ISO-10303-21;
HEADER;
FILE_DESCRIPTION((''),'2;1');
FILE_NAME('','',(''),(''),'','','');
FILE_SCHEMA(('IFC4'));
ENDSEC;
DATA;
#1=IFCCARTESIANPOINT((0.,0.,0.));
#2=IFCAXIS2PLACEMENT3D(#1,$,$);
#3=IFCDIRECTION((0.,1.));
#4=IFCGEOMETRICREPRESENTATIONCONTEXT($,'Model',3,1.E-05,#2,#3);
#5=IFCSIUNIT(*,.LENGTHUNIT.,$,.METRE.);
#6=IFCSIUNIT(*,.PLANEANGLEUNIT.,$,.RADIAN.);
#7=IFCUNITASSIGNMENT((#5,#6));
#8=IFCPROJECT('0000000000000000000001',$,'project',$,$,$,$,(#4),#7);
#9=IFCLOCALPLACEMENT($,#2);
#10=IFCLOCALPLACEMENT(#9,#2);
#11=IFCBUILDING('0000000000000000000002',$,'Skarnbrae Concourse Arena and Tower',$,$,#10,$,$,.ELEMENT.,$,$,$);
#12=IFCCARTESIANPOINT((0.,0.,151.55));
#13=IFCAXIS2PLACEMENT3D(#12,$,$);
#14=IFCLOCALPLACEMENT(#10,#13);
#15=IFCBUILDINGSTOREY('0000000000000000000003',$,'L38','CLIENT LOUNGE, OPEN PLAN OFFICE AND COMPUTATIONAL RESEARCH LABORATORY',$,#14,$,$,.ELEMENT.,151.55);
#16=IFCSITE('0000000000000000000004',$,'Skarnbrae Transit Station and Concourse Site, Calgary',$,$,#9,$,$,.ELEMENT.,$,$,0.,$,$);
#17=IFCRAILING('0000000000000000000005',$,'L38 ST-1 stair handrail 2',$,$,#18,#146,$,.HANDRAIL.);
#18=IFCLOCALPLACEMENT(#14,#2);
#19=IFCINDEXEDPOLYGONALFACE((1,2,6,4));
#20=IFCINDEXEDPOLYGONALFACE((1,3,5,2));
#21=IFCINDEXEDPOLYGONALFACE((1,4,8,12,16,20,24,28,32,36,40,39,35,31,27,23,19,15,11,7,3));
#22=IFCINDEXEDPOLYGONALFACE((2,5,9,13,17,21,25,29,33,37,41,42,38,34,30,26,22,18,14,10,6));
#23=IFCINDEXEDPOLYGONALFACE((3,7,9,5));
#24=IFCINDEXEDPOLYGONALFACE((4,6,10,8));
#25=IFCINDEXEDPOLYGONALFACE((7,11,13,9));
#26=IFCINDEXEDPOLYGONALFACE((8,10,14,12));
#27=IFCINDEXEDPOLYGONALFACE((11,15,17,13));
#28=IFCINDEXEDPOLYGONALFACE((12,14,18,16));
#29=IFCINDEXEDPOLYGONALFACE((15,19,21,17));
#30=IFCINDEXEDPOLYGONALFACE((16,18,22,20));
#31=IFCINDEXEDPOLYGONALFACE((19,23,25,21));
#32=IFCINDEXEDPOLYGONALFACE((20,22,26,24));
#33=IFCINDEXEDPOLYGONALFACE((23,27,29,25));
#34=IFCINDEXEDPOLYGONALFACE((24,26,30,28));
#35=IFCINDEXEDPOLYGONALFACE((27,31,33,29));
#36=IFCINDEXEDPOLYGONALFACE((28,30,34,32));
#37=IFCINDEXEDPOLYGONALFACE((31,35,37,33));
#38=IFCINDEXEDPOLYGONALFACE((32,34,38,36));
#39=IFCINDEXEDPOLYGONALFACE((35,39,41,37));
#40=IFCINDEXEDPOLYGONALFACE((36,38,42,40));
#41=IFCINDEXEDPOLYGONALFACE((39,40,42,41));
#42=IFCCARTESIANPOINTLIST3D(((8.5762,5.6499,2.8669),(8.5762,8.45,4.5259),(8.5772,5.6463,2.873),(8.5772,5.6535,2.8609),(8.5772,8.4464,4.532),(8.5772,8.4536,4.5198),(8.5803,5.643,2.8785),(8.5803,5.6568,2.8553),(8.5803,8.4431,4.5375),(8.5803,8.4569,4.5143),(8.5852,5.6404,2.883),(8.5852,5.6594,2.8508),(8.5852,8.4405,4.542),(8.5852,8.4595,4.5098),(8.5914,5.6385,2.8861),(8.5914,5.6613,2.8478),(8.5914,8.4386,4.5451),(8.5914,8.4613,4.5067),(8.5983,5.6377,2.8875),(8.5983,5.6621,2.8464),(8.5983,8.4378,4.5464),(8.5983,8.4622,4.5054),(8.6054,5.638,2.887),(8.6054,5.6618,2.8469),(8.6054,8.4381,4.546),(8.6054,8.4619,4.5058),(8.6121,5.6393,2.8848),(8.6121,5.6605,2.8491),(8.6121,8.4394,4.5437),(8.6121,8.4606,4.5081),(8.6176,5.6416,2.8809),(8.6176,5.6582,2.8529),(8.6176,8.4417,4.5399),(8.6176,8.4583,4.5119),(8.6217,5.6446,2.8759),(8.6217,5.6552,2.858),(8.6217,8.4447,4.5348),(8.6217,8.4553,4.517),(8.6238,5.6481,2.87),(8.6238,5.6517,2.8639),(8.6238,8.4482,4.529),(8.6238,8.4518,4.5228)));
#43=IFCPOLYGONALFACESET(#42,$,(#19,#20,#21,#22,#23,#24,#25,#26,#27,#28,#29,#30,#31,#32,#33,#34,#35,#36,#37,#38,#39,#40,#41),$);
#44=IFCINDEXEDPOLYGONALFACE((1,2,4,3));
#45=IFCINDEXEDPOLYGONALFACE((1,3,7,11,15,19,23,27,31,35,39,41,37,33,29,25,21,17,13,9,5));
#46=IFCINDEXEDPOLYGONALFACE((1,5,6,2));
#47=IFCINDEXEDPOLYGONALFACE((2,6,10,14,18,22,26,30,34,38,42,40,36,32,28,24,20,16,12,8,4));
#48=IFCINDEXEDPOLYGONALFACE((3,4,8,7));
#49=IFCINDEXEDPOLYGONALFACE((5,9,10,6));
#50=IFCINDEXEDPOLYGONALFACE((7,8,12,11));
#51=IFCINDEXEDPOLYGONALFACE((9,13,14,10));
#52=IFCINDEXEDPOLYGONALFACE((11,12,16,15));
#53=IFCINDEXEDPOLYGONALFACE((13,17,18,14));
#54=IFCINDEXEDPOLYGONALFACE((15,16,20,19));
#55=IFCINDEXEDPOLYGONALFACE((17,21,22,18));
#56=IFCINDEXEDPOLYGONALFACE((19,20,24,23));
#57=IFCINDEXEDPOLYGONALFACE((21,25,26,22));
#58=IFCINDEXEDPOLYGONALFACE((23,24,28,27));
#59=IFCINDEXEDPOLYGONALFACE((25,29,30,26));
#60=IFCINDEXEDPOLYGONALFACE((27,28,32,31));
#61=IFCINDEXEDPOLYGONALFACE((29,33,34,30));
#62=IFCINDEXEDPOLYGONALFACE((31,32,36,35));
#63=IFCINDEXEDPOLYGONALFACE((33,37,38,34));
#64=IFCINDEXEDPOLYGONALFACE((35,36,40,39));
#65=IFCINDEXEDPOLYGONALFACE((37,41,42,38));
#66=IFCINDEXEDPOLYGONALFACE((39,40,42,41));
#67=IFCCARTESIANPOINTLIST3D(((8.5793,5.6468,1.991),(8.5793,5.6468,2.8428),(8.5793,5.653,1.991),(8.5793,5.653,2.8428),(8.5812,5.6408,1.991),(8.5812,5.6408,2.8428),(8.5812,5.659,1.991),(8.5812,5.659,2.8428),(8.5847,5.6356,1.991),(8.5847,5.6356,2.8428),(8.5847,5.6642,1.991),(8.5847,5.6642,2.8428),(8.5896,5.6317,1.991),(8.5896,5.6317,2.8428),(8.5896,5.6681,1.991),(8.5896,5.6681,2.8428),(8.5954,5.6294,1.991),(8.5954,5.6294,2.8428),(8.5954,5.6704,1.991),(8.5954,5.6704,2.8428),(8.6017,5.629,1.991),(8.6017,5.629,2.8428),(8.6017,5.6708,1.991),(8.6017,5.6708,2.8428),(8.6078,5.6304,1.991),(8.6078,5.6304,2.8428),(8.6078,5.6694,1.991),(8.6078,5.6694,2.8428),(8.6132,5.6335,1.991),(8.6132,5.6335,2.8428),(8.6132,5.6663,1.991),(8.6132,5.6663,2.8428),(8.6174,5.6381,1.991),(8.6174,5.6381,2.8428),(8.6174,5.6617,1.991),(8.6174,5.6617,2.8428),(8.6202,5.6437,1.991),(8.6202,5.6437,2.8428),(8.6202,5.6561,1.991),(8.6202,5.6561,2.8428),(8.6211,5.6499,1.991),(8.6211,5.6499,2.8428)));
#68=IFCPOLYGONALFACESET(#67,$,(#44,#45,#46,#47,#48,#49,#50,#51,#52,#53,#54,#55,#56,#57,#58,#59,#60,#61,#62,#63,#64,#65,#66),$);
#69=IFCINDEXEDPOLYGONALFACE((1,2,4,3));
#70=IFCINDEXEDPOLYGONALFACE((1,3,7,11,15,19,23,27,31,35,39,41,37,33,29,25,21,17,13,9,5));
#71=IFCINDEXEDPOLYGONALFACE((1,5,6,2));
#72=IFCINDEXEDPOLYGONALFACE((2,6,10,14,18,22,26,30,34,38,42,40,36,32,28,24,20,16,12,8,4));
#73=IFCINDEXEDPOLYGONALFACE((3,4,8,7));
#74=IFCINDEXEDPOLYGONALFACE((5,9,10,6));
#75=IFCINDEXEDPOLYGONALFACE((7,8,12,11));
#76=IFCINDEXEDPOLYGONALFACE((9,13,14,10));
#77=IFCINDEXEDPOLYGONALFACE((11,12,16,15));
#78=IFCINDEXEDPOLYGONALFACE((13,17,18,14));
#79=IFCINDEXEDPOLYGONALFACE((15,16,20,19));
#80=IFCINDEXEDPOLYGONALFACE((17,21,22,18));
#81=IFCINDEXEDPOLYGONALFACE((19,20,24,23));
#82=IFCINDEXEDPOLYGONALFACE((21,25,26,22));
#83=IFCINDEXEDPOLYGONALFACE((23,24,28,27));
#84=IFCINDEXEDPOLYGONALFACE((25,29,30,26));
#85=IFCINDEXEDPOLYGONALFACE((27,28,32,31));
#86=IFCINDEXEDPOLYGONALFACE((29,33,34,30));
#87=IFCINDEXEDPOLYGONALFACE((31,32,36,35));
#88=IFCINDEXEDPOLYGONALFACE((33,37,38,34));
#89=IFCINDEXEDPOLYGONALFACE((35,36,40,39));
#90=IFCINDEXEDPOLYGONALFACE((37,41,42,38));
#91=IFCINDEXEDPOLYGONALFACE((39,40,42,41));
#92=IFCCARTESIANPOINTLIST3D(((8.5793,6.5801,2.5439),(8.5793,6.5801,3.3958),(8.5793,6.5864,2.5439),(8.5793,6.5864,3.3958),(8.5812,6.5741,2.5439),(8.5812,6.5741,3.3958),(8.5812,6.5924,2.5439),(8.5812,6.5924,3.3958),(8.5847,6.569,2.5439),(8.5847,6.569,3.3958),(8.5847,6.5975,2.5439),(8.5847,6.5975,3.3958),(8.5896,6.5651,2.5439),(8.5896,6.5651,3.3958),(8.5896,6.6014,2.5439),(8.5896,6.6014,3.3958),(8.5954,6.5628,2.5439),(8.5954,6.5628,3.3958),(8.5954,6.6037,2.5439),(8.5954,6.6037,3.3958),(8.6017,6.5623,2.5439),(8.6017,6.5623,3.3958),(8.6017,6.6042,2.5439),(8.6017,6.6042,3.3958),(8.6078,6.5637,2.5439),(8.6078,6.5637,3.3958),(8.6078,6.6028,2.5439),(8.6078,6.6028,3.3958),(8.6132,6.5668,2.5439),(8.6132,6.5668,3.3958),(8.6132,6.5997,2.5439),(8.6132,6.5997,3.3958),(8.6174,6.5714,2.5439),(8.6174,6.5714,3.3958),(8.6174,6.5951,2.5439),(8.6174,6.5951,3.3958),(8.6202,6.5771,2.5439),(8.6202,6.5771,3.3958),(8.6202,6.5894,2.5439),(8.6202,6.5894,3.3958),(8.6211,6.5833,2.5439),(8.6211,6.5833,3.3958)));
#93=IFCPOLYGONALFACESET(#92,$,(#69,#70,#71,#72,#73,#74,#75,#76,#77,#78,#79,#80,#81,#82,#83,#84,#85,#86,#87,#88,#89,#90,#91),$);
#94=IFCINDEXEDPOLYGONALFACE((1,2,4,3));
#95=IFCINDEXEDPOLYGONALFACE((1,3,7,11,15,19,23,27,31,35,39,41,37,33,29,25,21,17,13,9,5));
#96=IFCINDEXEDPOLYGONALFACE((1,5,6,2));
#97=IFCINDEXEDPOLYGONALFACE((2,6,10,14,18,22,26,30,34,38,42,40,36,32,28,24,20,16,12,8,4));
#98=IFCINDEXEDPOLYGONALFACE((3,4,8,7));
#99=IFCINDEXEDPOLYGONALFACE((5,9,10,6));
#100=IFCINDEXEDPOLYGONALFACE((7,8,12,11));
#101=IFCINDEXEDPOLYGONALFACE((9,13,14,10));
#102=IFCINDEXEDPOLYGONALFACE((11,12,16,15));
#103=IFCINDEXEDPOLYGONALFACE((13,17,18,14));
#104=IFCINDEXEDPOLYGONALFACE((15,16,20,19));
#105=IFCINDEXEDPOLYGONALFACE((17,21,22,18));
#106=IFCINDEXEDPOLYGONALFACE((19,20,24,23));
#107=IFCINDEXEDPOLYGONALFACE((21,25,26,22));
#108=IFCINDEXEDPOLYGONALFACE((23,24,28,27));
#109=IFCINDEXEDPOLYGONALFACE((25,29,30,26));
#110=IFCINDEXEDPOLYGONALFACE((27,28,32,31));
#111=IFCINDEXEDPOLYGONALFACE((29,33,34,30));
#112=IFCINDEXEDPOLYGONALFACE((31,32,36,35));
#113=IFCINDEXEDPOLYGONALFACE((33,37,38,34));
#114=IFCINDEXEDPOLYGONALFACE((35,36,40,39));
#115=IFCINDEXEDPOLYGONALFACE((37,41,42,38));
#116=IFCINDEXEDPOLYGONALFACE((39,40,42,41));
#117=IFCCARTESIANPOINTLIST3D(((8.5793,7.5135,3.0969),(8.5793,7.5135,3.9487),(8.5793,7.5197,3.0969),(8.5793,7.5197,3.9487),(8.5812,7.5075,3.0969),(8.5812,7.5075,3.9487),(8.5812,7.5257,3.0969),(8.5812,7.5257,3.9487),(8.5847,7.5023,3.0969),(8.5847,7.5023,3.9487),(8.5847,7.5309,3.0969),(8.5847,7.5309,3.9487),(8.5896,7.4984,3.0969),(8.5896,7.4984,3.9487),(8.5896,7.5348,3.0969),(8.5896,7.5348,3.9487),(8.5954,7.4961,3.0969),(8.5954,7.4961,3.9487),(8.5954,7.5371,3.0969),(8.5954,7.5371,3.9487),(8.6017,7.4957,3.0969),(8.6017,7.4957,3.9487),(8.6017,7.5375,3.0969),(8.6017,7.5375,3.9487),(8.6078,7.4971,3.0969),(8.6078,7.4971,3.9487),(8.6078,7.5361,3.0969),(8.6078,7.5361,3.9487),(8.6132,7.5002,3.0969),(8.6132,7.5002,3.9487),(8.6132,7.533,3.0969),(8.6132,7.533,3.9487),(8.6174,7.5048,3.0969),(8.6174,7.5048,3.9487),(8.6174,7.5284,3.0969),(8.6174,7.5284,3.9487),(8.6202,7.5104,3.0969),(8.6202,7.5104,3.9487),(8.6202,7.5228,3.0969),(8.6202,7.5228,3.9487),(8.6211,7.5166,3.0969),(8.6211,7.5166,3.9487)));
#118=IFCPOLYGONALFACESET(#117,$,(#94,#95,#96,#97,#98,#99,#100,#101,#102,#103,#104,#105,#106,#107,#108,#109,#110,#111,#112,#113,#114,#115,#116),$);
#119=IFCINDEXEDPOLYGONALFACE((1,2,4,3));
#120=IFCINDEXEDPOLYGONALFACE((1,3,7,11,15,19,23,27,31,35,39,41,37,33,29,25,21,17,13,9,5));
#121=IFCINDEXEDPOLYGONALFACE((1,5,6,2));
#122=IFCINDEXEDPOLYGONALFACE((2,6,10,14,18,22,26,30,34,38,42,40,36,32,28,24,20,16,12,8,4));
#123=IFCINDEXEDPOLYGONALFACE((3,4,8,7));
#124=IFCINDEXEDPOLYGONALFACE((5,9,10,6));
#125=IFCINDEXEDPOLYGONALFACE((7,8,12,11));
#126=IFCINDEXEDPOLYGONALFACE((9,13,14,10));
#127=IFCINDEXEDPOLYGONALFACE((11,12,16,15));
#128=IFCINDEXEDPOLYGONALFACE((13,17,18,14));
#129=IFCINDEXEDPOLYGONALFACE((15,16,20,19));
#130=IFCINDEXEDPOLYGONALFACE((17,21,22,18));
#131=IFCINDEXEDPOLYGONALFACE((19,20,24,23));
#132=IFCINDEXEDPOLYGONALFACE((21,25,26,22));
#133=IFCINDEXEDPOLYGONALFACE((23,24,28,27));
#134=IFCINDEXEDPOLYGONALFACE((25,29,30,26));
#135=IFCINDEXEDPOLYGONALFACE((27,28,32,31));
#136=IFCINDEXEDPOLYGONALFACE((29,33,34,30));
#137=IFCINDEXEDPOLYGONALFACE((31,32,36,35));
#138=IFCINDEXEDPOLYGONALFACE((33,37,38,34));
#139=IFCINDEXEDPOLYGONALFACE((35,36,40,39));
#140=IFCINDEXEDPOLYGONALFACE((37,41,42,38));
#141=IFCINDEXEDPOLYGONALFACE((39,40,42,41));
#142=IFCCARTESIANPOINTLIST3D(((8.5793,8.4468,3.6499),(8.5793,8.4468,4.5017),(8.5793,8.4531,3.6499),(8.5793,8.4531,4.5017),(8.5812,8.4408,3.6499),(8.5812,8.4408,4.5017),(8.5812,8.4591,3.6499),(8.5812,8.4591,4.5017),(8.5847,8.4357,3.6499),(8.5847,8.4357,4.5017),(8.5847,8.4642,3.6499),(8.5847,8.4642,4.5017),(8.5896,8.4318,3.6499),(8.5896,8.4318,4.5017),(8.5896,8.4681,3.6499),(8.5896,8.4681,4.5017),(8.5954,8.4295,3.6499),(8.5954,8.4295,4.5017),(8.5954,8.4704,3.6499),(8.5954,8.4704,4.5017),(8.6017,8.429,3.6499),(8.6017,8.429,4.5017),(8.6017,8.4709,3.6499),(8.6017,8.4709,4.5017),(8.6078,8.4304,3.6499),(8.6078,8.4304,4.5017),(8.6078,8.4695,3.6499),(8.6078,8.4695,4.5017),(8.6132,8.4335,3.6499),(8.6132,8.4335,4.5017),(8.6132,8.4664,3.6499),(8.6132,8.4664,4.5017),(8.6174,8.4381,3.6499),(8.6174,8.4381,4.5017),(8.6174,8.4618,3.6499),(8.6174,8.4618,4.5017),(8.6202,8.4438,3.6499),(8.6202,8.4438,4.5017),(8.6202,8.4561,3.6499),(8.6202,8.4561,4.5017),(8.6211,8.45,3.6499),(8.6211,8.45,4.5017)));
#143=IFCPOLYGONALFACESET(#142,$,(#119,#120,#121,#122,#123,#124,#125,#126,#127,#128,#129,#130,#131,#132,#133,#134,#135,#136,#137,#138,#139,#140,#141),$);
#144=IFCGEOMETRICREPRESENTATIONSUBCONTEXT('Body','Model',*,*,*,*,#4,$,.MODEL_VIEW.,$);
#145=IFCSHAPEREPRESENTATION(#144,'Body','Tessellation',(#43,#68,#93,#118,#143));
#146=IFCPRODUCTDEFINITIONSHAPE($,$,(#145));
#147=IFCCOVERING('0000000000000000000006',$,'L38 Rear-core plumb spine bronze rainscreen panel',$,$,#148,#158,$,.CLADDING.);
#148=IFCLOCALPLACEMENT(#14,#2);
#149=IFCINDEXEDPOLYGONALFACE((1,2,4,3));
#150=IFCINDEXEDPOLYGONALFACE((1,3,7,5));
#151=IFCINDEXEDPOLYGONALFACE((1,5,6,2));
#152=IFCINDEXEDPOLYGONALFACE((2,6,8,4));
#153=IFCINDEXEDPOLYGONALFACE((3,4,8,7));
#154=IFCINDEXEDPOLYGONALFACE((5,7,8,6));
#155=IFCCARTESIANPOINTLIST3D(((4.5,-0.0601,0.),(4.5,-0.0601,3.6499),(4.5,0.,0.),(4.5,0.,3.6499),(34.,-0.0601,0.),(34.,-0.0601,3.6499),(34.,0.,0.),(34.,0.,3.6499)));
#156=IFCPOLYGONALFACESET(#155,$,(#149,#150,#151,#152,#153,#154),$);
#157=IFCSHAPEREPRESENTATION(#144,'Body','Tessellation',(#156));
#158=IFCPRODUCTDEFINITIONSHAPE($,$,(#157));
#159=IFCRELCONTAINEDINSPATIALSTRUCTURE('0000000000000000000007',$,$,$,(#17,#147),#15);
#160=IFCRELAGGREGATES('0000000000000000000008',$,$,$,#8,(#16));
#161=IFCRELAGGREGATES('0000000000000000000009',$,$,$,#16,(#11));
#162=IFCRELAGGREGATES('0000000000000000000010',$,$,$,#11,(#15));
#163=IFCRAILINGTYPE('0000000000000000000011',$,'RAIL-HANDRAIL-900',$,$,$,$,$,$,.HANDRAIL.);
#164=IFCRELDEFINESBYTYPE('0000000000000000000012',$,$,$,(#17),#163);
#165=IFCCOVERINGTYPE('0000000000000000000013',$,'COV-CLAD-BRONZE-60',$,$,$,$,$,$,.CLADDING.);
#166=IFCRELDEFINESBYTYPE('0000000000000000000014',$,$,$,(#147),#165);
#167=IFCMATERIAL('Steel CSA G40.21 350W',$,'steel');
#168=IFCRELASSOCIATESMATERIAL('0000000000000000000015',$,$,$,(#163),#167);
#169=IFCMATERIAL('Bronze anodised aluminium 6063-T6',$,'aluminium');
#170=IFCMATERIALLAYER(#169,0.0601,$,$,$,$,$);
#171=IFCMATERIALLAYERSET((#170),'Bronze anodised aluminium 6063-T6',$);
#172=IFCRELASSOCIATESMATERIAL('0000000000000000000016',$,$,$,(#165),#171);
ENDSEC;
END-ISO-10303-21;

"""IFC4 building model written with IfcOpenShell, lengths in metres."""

from ifc_helpers import new_model, si_unit, direction, frame, origin, origin_2d, place, context, subcontext, project, spatial, rectangle, circle, extrude, source, transform, mapped, material, layer, layer_set, type_object, element, save


model = new_model("IFC4")

# Units and contexts
model_context = context("Model", 3, precision=1e-05, world=origin(), true_north=direction((0.0, 1.0)))
body_context = subcontext(model_context, "Body", "Model", "MODEL_VIEW")
ifc_project = project(units=[si_unit("LENGTHUNIT", "METRE"), si_unit("PLANEANGLEUNIT", "RADIAN")], contexts=[model_context])

# Site, building, storey
site_placement = place(None, origin())
site = spatial("IfcSite", under=ifc_project, at=site_placement, Name="Skarnbrae Transit Station and Concourse Site, Calgary", CompositionType="ELEMENT", RefElevation=0.0)
building_placement = place(site_placement, origin())
building = spatial("IfcBuilding", under=site, at=building_placement, Name="Skarnbrae Concourse Arena and Tower", CompositionType="ELEMENT")
storey_placement = place(building_placement, frame((0.0, 0.0, 151.55)))
storey = spatial("IfcBuildingStorey", under=building, at=storey_placement, Name="L38", Description="CLIENT LOUNGE, OPEN PLAN OFFICE AND COMPUTATIONAL RESEARCH LABORATORY", CompositionType="ELEMENT", Elevation=151.55)

# Shared definitions
ifc_material_1 = material(Name="Steel CSA G40.21 350W", Category="steel")

# Shared definitions
ifc_material_2 = material(Name="Bronze anodised aluminium 6063-T6", Category="aluminium")

# Railing
railing_type = type_object("IfcRailingType", Name="RAIL-HANDRAIL-900", PredefinedType="HANDRAIL", material=ifc_material_1)
railing_placement = place(storey_placement, frame((8.6001, 5.6499, 1.991)))
element("IfcRailing", 1, at=railing_placement, inside=storey, type_object=railing_type, Name="L38 ST-1 stair handrail 2", PredefinedType="HANDRAIL", context=body_context, shape_type="SweptSolid", body=[
    extrude(circle(Radius=0.0239, at=origin_2d()), frame((0.0, 0.0, 0.876), z_axis=(0.0, 0.860339, 0.509722), x_axis=(-1.0, 0.0, 0.0)), (0.0, 0.0, 1.0), 3.2546),
    extrude(circle(Radius=0.021, at=origin_2d()), origin(), (0.0, 0.0, 1.0), 0.8518),
    extrude(circle(Radius=0.021, at=origin_2d()), frame((0.0, 0.9333, 0.553)), (0.0, 0.0, 1.0), 0.8518),
    extrude(circle(Radius=0.021, at=origin_2d()), frame((0.0, 1.8667, 1.106)), (0.0, 0.0, 1.0), 0.8518),
    extrude(circle(Radius=0.021, at=origin_2d()), frame((0.0, 2.8, 1.6589)), (0.0, 0.0, 1.0), 0.8518),
])

# Covering
ifc_layer_1 = layer(ifc_material_2, 0.0601)
ifc_layer_set_1 = layer_set([ifc_layer_1], Name="Bronze anodised aluminium 6063-T6")
covering_type = type_object("IfcCoveringType", Name="COV-CLAD-BRONZE-60", PredefinedType="CLADDING", material=ifc_layer_set_1)
shared_shape_1 = source(origin(), body_context, "Body", "SweptSolid", [
    extrude(rectangle(XDim=29.5, YDim=0.0601, at=origin_2d()), origin(), (0.0, 0.0, 1.0), 3.6499),
])
covering_placement = place(storey_placement, frame((19.25, -0.03, 0.0), z_axis=(0.0, 0.0, 1.0), x_axis=(1.0, 0.0, 0.0)))
element("IfcCovering", 2, at=covering_placement, inside=storey, type_object=covering_type, Name="L38 Rear-core plumb spine bronze rainscreen panel", PredefinedType="CLADDING", context=body_context, shape_type="MappedRepresentation", body=[
    mapped(shared_shape_1, transform((0.0, 0.0, 0.0))),
])

save(model, "model.ifc")
